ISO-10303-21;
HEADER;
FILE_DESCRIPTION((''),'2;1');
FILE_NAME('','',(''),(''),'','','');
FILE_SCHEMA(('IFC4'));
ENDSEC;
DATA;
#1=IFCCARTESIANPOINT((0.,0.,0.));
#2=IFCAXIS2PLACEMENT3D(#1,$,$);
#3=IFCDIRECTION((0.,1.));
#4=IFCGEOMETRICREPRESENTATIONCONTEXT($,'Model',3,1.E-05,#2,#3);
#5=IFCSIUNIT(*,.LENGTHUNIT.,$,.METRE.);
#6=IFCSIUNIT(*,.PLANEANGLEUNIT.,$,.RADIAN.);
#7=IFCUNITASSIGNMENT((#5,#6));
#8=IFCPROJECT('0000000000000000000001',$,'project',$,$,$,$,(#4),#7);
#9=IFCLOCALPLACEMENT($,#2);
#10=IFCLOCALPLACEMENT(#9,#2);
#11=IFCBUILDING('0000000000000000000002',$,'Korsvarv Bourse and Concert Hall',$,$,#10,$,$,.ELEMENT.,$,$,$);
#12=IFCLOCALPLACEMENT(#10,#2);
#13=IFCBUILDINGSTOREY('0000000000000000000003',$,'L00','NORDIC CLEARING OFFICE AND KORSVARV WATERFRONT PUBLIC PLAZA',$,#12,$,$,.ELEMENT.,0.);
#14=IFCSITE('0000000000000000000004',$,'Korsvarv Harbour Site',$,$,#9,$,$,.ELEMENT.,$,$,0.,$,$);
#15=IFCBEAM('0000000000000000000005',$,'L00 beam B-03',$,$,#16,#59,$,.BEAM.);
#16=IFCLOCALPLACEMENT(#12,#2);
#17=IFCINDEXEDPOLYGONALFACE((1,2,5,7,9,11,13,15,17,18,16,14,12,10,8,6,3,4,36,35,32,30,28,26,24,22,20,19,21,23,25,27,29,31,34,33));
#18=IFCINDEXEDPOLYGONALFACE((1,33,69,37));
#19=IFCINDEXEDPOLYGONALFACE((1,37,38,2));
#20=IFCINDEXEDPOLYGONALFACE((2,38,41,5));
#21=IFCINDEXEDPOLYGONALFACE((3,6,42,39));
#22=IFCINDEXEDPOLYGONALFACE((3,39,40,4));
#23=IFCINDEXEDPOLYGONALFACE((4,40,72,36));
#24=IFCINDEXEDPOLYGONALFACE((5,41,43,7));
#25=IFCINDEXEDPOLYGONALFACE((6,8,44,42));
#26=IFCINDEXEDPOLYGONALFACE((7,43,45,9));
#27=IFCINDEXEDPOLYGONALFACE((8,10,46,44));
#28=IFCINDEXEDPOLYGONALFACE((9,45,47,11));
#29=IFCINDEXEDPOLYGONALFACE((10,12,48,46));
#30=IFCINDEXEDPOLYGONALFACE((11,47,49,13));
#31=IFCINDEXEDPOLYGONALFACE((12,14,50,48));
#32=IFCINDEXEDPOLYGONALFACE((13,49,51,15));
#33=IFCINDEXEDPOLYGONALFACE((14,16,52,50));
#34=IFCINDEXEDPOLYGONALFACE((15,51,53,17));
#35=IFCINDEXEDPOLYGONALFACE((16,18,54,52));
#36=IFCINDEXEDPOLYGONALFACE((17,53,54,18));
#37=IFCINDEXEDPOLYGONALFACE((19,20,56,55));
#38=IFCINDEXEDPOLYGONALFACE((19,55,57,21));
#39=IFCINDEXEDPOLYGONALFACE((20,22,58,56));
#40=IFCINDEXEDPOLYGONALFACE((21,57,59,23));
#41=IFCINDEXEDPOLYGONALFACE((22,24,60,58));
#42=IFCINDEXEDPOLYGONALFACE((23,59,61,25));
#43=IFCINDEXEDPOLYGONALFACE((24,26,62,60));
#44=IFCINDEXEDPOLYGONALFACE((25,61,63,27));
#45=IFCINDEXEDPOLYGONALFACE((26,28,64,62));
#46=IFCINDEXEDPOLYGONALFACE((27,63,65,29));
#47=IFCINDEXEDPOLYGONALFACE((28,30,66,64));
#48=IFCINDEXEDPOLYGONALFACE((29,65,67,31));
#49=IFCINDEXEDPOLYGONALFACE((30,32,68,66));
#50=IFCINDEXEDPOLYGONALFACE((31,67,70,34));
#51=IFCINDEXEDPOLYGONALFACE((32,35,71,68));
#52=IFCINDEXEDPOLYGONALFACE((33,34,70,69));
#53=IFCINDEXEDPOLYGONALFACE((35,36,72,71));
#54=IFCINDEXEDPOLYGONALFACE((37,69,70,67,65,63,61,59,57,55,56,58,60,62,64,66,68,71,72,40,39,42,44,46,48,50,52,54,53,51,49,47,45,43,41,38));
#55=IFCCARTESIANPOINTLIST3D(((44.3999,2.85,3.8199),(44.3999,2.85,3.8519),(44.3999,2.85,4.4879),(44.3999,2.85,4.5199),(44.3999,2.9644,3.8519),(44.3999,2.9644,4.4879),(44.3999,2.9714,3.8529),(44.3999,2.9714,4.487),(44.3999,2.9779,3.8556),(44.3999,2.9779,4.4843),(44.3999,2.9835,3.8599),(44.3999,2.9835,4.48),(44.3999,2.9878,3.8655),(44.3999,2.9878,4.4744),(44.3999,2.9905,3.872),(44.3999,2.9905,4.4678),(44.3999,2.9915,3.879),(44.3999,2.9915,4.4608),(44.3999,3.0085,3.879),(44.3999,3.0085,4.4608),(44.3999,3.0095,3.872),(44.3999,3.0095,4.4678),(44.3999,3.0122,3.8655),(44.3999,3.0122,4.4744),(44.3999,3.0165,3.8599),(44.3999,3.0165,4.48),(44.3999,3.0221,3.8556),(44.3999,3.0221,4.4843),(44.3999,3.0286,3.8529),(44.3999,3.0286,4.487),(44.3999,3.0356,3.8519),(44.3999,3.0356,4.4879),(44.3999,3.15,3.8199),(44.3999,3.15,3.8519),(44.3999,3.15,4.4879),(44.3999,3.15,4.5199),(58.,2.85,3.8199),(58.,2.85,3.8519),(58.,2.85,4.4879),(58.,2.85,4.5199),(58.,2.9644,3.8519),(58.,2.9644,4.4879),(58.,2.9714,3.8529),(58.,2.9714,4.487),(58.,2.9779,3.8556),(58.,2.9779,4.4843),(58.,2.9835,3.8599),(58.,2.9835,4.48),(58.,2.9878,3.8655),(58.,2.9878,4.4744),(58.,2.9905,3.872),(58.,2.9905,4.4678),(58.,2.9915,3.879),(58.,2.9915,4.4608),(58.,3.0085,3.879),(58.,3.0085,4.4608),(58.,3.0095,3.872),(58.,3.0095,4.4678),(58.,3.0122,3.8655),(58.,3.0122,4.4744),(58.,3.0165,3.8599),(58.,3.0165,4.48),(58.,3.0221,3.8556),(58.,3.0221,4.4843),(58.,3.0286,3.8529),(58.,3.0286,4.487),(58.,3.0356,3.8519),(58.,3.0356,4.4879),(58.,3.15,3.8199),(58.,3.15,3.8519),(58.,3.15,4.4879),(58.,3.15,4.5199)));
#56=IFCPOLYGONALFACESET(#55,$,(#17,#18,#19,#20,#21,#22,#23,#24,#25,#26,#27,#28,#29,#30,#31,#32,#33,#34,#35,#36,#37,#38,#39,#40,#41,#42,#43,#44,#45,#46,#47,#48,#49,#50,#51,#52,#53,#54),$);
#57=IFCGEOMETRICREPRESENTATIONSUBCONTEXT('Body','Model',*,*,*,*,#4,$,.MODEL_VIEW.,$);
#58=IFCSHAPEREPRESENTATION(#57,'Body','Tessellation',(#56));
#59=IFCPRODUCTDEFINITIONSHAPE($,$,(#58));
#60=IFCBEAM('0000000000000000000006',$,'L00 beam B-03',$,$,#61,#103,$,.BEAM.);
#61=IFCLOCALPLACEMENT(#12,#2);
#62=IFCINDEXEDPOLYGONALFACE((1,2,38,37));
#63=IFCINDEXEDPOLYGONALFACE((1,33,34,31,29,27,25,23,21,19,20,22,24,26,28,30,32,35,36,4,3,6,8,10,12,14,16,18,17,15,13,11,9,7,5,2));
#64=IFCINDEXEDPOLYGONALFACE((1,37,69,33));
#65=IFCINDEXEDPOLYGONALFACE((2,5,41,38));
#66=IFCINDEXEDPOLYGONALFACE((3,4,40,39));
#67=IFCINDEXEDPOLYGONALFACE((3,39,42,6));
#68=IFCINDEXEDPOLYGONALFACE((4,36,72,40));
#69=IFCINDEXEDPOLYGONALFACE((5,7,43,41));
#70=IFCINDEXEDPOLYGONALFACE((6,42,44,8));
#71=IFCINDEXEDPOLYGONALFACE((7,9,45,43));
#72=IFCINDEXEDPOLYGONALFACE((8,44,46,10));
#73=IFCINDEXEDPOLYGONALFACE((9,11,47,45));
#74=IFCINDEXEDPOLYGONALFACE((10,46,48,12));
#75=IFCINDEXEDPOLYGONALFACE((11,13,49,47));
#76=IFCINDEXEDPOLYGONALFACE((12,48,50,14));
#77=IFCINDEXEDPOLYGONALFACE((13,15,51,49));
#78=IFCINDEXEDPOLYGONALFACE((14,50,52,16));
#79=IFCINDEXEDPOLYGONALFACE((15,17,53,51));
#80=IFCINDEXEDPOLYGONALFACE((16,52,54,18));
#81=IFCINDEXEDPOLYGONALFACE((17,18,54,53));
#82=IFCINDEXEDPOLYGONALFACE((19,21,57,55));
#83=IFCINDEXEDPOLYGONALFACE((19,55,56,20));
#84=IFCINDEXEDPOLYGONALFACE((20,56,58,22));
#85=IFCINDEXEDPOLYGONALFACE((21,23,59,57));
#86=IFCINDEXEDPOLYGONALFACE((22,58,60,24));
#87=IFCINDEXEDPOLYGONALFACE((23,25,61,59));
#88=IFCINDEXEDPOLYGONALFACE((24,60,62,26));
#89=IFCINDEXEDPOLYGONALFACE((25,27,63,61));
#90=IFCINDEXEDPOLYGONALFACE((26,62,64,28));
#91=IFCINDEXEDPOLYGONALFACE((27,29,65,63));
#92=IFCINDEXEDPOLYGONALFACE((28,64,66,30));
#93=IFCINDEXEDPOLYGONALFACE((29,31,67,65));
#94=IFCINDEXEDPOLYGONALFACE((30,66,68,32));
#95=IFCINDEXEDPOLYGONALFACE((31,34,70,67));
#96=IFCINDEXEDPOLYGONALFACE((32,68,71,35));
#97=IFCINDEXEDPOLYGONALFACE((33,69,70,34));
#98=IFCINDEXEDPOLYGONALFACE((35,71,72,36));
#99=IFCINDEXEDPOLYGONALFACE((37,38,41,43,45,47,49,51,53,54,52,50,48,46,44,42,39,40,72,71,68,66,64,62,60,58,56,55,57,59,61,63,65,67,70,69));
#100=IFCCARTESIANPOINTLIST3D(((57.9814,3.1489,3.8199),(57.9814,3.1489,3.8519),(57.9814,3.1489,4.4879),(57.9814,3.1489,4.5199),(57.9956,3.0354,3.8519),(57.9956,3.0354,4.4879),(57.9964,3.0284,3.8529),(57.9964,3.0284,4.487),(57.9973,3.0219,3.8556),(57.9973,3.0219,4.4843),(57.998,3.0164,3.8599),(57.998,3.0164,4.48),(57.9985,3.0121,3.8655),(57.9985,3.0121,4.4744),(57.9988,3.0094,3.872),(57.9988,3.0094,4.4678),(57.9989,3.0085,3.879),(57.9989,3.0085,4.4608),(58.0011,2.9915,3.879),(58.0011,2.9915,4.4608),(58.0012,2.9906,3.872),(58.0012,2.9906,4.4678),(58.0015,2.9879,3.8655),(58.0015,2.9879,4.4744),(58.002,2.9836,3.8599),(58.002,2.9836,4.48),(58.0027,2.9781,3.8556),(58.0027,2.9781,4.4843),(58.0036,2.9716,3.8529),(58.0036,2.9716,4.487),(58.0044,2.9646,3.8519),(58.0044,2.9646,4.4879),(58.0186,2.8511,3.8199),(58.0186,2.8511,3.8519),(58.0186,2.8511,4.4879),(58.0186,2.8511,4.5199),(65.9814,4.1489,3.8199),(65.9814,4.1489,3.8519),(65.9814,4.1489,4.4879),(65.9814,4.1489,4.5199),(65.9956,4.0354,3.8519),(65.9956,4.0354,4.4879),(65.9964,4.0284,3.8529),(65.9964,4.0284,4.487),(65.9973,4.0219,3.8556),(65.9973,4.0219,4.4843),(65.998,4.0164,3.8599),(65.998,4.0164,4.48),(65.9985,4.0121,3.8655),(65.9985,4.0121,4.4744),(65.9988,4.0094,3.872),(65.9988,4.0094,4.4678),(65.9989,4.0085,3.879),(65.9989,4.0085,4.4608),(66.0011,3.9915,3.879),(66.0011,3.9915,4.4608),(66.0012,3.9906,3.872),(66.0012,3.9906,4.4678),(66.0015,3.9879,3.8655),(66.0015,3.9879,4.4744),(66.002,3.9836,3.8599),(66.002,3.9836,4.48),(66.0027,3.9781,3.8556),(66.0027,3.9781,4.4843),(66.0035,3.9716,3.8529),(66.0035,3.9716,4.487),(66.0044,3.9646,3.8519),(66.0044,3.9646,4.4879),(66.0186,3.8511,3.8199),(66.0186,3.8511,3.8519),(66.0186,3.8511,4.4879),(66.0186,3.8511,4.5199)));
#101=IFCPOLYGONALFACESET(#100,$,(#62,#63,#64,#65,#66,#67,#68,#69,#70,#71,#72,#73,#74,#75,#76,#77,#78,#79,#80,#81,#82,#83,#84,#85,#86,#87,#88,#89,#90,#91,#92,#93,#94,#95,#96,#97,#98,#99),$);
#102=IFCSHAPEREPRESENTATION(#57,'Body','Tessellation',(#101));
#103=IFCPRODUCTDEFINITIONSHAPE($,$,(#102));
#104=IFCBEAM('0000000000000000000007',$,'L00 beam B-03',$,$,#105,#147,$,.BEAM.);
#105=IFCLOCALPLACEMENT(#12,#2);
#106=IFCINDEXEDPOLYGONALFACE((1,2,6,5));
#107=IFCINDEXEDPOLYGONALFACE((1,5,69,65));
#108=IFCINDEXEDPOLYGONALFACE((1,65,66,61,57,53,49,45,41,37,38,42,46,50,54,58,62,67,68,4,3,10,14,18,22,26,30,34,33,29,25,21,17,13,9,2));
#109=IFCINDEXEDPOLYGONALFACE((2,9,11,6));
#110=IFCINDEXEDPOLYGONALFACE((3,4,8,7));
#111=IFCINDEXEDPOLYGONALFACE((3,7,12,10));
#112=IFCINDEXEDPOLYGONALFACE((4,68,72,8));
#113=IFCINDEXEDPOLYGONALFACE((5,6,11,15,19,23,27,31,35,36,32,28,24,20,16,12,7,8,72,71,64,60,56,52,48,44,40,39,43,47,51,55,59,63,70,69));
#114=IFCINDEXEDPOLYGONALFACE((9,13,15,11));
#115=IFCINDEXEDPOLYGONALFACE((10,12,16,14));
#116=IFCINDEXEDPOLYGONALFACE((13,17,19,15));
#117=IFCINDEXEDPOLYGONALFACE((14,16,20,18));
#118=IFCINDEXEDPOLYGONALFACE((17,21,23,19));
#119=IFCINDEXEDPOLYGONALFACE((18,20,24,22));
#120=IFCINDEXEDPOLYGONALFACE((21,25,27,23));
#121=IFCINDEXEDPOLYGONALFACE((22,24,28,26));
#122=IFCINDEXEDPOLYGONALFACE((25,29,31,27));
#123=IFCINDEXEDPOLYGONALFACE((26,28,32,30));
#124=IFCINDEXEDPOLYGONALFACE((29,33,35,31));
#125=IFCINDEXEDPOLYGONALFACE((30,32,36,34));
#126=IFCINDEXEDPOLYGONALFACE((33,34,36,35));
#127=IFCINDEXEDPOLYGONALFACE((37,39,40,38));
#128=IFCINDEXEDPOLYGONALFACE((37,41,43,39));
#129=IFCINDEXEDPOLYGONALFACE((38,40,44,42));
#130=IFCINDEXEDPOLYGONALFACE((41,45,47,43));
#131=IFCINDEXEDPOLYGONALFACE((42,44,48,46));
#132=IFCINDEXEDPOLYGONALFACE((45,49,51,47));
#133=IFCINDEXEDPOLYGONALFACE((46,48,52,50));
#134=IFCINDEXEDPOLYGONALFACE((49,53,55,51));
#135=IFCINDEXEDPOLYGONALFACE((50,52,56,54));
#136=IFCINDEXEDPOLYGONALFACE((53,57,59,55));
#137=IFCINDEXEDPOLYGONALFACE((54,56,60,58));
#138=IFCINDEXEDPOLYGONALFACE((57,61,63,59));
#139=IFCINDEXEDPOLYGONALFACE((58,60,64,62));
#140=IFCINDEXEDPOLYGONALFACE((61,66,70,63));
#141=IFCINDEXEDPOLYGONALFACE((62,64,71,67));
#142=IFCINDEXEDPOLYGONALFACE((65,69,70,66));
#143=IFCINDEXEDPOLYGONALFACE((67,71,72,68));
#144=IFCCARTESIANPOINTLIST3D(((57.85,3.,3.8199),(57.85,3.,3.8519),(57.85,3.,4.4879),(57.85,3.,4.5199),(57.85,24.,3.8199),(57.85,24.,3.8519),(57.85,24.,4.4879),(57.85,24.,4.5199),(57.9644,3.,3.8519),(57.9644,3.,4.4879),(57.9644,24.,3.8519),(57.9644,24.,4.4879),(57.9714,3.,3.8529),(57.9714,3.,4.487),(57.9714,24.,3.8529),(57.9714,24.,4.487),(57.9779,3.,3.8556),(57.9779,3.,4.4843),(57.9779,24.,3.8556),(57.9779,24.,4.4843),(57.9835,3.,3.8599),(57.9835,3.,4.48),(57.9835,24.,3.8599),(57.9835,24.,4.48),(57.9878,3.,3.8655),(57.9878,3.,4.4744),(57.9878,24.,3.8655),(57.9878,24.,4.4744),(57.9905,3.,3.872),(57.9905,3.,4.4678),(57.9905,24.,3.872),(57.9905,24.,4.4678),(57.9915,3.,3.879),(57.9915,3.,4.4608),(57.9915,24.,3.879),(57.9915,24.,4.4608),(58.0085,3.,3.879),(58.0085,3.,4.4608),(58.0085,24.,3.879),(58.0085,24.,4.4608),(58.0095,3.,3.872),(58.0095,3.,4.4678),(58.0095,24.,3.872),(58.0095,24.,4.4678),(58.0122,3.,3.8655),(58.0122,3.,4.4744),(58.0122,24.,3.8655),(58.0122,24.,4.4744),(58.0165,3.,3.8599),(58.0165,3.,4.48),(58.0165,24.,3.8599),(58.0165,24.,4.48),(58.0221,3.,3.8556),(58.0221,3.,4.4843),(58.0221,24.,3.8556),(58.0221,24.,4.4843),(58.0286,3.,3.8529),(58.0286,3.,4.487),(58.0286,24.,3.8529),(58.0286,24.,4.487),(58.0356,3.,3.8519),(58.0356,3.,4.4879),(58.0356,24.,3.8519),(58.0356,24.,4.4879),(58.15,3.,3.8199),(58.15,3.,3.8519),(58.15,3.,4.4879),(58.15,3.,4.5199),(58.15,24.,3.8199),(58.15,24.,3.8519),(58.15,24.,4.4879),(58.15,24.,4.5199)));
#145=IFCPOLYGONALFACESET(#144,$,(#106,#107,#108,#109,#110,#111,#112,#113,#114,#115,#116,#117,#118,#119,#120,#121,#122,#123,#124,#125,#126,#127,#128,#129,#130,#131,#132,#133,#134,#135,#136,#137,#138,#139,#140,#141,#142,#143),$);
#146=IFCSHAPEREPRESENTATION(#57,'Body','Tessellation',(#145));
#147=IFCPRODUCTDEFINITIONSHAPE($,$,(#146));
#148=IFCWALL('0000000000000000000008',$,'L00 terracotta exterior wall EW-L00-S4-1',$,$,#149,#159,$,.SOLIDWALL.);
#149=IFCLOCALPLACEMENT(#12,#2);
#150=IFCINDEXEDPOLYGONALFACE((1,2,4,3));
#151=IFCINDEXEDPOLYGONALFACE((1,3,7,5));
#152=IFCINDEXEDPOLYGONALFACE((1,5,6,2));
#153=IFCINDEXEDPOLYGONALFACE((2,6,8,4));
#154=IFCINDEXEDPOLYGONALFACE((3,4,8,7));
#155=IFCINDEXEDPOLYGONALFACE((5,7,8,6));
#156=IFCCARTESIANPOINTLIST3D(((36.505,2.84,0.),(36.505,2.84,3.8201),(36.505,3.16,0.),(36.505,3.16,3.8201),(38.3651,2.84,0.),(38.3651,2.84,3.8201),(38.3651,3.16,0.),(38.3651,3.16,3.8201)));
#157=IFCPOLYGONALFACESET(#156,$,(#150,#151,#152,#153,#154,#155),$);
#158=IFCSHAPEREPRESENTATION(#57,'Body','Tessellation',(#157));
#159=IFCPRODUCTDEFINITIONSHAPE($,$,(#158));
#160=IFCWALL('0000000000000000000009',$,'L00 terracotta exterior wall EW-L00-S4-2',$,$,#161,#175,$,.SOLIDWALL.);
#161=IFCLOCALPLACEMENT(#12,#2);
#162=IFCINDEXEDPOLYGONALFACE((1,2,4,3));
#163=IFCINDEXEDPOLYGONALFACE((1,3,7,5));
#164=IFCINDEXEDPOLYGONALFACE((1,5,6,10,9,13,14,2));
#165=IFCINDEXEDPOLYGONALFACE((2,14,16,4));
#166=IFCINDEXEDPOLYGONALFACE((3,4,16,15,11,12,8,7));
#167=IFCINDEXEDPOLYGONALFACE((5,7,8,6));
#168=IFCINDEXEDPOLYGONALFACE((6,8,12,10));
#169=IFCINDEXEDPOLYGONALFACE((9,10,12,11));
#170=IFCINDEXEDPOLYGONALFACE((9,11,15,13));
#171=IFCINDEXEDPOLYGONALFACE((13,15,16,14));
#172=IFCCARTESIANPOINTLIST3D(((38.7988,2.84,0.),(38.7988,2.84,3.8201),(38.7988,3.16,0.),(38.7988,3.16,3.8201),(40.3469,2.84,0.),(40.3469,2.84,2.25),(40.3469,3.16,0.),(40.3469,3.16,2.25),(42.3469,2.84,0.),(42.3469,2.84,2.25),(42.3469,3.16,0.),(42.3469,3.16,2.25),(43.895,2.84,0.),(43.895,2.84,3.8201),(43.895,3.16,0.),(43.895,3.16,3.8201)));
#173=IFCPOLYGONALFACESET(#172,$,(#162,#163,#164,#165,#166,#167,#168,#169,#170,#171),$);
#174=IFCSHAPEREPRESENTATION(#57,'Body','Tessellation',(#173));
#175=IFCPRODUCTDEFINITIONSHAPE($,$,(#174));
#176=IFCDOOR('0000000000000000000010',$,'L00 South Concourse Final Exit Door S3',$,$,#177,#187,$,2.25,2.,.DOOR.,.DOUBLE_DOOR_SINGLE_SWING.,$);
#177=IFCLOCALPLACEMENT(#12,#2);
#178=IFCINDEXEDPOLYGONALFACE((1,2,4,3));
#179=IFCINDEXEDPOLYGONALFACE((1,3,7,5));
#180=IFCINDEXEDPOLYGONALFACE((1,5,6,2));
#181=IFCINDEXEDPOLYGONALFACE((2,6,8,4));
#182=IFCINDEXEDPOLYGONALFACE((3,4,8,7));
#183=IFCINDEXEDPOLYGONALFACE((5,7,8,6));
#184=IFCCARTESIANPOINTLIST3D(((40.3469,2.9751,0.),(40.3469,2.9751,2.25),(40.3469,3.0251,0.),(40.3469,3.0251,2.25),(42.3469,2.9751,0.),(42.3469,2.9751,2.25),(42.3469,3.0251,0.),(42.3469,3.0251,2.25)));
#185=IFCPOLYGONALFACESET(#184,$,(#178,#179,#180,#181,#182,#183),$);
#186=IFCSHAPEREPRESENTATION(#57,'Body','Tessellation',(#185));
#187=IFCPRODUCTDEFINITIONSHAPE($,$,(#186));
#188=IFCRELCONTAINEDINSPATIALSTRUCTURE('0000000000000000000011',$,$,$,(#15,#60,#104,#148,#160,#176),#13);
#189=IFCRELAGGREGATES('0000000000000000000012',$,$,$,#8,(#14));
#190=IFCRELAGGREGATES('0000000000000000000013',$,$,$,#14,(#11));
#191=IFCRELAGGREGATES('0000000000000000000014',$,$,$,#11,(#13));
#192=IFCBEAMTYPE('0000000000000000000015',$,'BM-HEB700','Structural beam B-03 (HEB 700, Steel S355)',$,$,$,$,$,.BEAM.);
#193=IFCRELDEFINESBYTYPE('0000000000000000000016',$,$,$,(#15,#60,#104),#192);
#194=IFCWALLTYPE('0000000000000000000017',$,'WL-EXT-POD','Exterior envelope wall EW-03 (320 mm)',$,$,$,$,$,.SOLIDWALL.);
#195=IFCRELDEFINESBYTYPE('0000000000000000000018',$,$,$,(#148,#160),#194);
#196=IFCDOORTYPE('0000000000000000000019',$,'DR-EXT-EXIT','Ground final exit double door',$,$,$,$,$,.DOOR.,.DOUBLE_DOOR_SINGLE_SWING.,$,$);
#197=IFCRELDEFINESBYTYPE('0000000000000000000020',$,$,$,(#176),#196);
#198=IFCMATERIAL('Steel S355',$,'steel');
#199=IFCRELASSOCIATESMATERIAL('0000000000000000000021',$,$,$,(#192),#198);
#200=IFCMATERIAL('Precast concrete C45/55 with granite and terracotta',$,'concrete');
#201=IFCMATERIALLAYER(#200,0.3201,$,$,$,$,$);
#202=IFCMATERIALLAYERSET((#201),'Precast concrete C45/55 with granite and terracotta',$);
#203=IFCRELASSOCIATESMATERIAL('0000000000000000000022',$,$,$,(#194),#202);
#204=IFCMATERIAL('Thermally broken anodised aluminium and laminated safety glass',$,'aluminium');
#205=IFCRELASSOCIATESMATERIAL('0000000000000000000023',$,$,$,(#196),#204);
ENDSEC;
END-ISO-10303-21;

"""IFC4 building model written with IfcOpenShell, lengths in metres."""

from ifc_helpers import new_model, si_unit, direction, frame, frame_2d, origin, origin_2d, place, context, subcontext, project, spatial, rectangle, i_section, extrude, source, transform, mapped, material, layer, layer_set, material_profile, profile_set, type_object, element, fill, save


model = new_model("IFC4")

# Units and contexts
model_context = context("Model", 3, precision=1e-05, world=origin(), true_north=direction((0.0, 1.0)))
body_context = subcontext(model_context, "Body", "Model", "MODEL_VIEW")
ifc_project = project(units=[si_unit("LENGTHUNIT", "METRE"), si_unit("PLANEANGLEUNIT", "RADIAN")], contexts=[model_context])

# Site, building, storey
site_placement = place(None, origin())
site = spatial("IfcSite", under=ifc_project, at=site_placement, Name="Korsvarv Harbour Site", CompositionType="ELEMENT", RefElevation=0.0)
building_placement = place(site_placement, origin())
building = spatial("IfcBuilding", under=site, at=building_placement, Name="Korsvarv Bourse and Concert Hall", CompositionType="ELEMENT")
storey_placement = place(building_placement, origin())
storey = spatial("IfcBuildingStorey", under=building, at=storey_placement, Name="L00", Description="NORDIC CLEARING OFFICE AND KORSVARV WATERFRONT PUBLIC PLAZA", CompositionType="ELEMENT", Elevation=0.0)

# Shared definitions
ifc_material_1 = material(Name="Steel S355", Category="steel")

# Beams
ifc_material_profile_1 = material_profile(ifc_material_1, i_section(OverallWidth=0.3, OverallDepth=0.7, WebThickness=0.0171, FlangeThickness=0.032, FilletRadius=0.0271, at=origin_2d()), Name="HEB 700")
ifc_profile_set_1 = profile_set([ifc_material_profile_1], Name="Steel S355")
beam_type = type_object("IfcBeamType", Name="BM-HEB700", Description="Structural beam B-03 (HEB 700, Steel S355)", PredefinedType="BEAM", material=ifc_profile_set_1)
shared_shape_1 = source(origin(), body_context, "Body", "SweptSolid", [
    extrude(i_section(OverallWidth=0.3, OverallDepth=0.7, WebThickness=0.0171, FlangeThickness=0.032, FilletRadius=0.0271, at=origin_2d()), origin(), (0.0, 0.0, 1.0), 13.6001),
])
beam_1_placement = place(storey_placement, frame((44.3999, 3.0, 4.1699), z_axis=(1.0, 0.0, 0.0), x_axis=(0.0, 1.0, 0.0)))
element("IfcBeam", 1, at=beam_1_placement, inside=storey, type_object=beam_type, Name="L00 beam B-03", PredefinedType="BEAM", context=body_context, shape_type="MappedRepresentation", body=[
    mapped(shared_shape_1, transform((0.0, 0.0, 0.0), scale=1.0)),
])
shared_shape_2 = source(origin(), body_context, "Body", "SweptSolid", [
    extrude(i_section(OverallWidth=0.3, OverallDepth=0.7, WebThickness=0.0171, FlangeThickness=0.032, FilletRadius=0.0271, at=origin_2d()), origin(), (0.0, 0.0, 1.0), 8.0623),
])
beam_2_placement = place(storey_placement, frame((58.0, 3.0, 4.1699), z_axis=(0.992278, 0.124035, 0.0), x_axis=(-0.124035, 0.992278, 0.0)))
element("IfcBeam", 2, at=beam_2_placement, inside=storey, type_object=beam_type, Name="L00 beam B-03", PredefinedType="BEAM", context=body_context, shape_type="MappedRepresentation", body=[
    mapped(shared_shape_2, transform((0.0, 0.0, 0.0), scale=1.0)),
])
shared_shape_3 = source(origin(), body_context, "Body", "SweptSolid", [
    extrude(i_section(OverallWidth=0.3, OverallDepth=0.7, WebThickness=0.0171, FlangeThickness=0.032, FilletRadius=0.0271, at=origin_2d()), origin(), (0.0, 0.0, 1.0), 21.0),
])
beam_3_placement = place(storey_placement, frame((58.0, 3.0, 4.1699), z_axis=(0.0, 1.0, 0.0), x_axis=(-1.0, 0.0, 0.0)))
element("IfcBeam", 3, at=beam_3_placement, inside=storey, type_object=beam_type, Name="L00 beam B-03", PredefinedType="BEAM", context=body_context, shape_type="MappedRepresentation", body=[
    mapped(shared_shape_3, transform((0.0, 0.0, 0.0), scale=1.0)),
])

# Wall
ifc_material_2 = material(Name="Precast concrete C45/55 with granite and terracotta", Category="concrete")
ifc_layer = layer(ifc_material_2, 0.3201)
ifc_layer_set = layer_set([ifc_layer], Name="Precast concrete C45/55 with granite and terracotta")
wall_type = type_object("IfcWallType", Name="WL-EXT-POD", Description="Exterior envelope wall EW-03 (320 mm)", PredefinedType="SOLIDWALL", material=ifc_layer_set)
wall_1_placement = place(storey_placement, frame((36.5049, 3.0, 0.0), z_axis=(0.0, 0.0, 1.0), x_axis=(1.0, 0.0, 0.0)))
element("IfcWall", 4, at=wall_1_placement, inside=storey, type_object=wall_type, Name="L00 terracotta exterior wall EW-L00-S4-1", PredefinedType="SOLIDWALL", context=body_context, shape_type="SweptSolid", body=[
    extrude(rectangle(XDim=1.8601, YDim=0.3201, at=frame_2d((0.9302, 0.0))), origin(), (0.0, 0.0, 1.0), 3.8201),
])

# Wall, opening, door
wall_2_placement = place(storey_placement, frame((38.7988, 3.0, 0.0), z_axis=(0.0, 0.0, 1.0), x_axis=(1.0, 0.0, 0.0)))
wall_2 = element("IfcWall", 5, at=wall_2_placement, inside=storey, type_object=wall_type, Name="L00 terracotta exterior wall EW-L00-S4-2", PredefinedType="SOLIDWALL", context=body_context, shape_type="SweptSolid", body=[
    extrude(rectangle(XDim=5.0962, YDim=0.3201, at=frame_2d((2.5481, 0.0))), origin(), (0.0, 0.0, 1.0), 3.8201),
])
opening_1_placement = place(wall_2_placement, frame((1.5481, 0.0, 0.0)))
opening_1 = element("IfcOpeningElement", 6, at=opening_1_placement, cuts=wall_2, PredefinedType="OPENING", context=body_context, shape_type="SweptSolid", body=[
    extrude(rectangle(XDim=2.0, YDim=2.25, at=frame_2d((1.0, 1.125))), frame((0.0, 0.1699, 0.0), z_axis=(0.0, -1.0, 0.0), x_axis=(1.0, 0.0, 0.0)), (0.0, 0.0, 1.0), 0.3401),
])
ifc_material_3 = material(Name="Thermally broken anodised aluminium and laminated safety glass", Category="aluminium")
door_type = type_object("IfcDoorType", Name="DR-EXT-EXIT", Description="Ground final exit double door", OperationType="DOUBLE_DOOR_SINGLE_SWING", PredefinedType="DOOR", material=ifc_material_3)
door_placement = place(opening_1_placement, frame((2.0, 0.0, 0.0), z_axis=(0.0, 0.0, 1.0), x_axis=(-1.0, 0.0, 0.0)))
door = element("IfcDoor", 7, at=door_placement, inside=storey, type_object=door_type, Name="L00 South Concourse Final Exit Door S3", OperationType="DOUBLE_DOOR_SINGLE_SWING", OverallHeight=2.25, OverallWidth=2.0, PredefinedType="DOOR", context=body_context, shape_type="SweptSolid", body=[
    extrude(rectangle(XDim=2.0, YDim=2.25, at=frame_2d((1.0, 1.125))), frame((0.0, 0.0249, 0.0), z_axis=(0.0, -1.0, 0.0), x_axis=(1.0, 0.0, 0.0)), (0.0, 0.0, 1.0), 0.05),
])
fill(opening_1, door)

save(model, "model.ifc")
